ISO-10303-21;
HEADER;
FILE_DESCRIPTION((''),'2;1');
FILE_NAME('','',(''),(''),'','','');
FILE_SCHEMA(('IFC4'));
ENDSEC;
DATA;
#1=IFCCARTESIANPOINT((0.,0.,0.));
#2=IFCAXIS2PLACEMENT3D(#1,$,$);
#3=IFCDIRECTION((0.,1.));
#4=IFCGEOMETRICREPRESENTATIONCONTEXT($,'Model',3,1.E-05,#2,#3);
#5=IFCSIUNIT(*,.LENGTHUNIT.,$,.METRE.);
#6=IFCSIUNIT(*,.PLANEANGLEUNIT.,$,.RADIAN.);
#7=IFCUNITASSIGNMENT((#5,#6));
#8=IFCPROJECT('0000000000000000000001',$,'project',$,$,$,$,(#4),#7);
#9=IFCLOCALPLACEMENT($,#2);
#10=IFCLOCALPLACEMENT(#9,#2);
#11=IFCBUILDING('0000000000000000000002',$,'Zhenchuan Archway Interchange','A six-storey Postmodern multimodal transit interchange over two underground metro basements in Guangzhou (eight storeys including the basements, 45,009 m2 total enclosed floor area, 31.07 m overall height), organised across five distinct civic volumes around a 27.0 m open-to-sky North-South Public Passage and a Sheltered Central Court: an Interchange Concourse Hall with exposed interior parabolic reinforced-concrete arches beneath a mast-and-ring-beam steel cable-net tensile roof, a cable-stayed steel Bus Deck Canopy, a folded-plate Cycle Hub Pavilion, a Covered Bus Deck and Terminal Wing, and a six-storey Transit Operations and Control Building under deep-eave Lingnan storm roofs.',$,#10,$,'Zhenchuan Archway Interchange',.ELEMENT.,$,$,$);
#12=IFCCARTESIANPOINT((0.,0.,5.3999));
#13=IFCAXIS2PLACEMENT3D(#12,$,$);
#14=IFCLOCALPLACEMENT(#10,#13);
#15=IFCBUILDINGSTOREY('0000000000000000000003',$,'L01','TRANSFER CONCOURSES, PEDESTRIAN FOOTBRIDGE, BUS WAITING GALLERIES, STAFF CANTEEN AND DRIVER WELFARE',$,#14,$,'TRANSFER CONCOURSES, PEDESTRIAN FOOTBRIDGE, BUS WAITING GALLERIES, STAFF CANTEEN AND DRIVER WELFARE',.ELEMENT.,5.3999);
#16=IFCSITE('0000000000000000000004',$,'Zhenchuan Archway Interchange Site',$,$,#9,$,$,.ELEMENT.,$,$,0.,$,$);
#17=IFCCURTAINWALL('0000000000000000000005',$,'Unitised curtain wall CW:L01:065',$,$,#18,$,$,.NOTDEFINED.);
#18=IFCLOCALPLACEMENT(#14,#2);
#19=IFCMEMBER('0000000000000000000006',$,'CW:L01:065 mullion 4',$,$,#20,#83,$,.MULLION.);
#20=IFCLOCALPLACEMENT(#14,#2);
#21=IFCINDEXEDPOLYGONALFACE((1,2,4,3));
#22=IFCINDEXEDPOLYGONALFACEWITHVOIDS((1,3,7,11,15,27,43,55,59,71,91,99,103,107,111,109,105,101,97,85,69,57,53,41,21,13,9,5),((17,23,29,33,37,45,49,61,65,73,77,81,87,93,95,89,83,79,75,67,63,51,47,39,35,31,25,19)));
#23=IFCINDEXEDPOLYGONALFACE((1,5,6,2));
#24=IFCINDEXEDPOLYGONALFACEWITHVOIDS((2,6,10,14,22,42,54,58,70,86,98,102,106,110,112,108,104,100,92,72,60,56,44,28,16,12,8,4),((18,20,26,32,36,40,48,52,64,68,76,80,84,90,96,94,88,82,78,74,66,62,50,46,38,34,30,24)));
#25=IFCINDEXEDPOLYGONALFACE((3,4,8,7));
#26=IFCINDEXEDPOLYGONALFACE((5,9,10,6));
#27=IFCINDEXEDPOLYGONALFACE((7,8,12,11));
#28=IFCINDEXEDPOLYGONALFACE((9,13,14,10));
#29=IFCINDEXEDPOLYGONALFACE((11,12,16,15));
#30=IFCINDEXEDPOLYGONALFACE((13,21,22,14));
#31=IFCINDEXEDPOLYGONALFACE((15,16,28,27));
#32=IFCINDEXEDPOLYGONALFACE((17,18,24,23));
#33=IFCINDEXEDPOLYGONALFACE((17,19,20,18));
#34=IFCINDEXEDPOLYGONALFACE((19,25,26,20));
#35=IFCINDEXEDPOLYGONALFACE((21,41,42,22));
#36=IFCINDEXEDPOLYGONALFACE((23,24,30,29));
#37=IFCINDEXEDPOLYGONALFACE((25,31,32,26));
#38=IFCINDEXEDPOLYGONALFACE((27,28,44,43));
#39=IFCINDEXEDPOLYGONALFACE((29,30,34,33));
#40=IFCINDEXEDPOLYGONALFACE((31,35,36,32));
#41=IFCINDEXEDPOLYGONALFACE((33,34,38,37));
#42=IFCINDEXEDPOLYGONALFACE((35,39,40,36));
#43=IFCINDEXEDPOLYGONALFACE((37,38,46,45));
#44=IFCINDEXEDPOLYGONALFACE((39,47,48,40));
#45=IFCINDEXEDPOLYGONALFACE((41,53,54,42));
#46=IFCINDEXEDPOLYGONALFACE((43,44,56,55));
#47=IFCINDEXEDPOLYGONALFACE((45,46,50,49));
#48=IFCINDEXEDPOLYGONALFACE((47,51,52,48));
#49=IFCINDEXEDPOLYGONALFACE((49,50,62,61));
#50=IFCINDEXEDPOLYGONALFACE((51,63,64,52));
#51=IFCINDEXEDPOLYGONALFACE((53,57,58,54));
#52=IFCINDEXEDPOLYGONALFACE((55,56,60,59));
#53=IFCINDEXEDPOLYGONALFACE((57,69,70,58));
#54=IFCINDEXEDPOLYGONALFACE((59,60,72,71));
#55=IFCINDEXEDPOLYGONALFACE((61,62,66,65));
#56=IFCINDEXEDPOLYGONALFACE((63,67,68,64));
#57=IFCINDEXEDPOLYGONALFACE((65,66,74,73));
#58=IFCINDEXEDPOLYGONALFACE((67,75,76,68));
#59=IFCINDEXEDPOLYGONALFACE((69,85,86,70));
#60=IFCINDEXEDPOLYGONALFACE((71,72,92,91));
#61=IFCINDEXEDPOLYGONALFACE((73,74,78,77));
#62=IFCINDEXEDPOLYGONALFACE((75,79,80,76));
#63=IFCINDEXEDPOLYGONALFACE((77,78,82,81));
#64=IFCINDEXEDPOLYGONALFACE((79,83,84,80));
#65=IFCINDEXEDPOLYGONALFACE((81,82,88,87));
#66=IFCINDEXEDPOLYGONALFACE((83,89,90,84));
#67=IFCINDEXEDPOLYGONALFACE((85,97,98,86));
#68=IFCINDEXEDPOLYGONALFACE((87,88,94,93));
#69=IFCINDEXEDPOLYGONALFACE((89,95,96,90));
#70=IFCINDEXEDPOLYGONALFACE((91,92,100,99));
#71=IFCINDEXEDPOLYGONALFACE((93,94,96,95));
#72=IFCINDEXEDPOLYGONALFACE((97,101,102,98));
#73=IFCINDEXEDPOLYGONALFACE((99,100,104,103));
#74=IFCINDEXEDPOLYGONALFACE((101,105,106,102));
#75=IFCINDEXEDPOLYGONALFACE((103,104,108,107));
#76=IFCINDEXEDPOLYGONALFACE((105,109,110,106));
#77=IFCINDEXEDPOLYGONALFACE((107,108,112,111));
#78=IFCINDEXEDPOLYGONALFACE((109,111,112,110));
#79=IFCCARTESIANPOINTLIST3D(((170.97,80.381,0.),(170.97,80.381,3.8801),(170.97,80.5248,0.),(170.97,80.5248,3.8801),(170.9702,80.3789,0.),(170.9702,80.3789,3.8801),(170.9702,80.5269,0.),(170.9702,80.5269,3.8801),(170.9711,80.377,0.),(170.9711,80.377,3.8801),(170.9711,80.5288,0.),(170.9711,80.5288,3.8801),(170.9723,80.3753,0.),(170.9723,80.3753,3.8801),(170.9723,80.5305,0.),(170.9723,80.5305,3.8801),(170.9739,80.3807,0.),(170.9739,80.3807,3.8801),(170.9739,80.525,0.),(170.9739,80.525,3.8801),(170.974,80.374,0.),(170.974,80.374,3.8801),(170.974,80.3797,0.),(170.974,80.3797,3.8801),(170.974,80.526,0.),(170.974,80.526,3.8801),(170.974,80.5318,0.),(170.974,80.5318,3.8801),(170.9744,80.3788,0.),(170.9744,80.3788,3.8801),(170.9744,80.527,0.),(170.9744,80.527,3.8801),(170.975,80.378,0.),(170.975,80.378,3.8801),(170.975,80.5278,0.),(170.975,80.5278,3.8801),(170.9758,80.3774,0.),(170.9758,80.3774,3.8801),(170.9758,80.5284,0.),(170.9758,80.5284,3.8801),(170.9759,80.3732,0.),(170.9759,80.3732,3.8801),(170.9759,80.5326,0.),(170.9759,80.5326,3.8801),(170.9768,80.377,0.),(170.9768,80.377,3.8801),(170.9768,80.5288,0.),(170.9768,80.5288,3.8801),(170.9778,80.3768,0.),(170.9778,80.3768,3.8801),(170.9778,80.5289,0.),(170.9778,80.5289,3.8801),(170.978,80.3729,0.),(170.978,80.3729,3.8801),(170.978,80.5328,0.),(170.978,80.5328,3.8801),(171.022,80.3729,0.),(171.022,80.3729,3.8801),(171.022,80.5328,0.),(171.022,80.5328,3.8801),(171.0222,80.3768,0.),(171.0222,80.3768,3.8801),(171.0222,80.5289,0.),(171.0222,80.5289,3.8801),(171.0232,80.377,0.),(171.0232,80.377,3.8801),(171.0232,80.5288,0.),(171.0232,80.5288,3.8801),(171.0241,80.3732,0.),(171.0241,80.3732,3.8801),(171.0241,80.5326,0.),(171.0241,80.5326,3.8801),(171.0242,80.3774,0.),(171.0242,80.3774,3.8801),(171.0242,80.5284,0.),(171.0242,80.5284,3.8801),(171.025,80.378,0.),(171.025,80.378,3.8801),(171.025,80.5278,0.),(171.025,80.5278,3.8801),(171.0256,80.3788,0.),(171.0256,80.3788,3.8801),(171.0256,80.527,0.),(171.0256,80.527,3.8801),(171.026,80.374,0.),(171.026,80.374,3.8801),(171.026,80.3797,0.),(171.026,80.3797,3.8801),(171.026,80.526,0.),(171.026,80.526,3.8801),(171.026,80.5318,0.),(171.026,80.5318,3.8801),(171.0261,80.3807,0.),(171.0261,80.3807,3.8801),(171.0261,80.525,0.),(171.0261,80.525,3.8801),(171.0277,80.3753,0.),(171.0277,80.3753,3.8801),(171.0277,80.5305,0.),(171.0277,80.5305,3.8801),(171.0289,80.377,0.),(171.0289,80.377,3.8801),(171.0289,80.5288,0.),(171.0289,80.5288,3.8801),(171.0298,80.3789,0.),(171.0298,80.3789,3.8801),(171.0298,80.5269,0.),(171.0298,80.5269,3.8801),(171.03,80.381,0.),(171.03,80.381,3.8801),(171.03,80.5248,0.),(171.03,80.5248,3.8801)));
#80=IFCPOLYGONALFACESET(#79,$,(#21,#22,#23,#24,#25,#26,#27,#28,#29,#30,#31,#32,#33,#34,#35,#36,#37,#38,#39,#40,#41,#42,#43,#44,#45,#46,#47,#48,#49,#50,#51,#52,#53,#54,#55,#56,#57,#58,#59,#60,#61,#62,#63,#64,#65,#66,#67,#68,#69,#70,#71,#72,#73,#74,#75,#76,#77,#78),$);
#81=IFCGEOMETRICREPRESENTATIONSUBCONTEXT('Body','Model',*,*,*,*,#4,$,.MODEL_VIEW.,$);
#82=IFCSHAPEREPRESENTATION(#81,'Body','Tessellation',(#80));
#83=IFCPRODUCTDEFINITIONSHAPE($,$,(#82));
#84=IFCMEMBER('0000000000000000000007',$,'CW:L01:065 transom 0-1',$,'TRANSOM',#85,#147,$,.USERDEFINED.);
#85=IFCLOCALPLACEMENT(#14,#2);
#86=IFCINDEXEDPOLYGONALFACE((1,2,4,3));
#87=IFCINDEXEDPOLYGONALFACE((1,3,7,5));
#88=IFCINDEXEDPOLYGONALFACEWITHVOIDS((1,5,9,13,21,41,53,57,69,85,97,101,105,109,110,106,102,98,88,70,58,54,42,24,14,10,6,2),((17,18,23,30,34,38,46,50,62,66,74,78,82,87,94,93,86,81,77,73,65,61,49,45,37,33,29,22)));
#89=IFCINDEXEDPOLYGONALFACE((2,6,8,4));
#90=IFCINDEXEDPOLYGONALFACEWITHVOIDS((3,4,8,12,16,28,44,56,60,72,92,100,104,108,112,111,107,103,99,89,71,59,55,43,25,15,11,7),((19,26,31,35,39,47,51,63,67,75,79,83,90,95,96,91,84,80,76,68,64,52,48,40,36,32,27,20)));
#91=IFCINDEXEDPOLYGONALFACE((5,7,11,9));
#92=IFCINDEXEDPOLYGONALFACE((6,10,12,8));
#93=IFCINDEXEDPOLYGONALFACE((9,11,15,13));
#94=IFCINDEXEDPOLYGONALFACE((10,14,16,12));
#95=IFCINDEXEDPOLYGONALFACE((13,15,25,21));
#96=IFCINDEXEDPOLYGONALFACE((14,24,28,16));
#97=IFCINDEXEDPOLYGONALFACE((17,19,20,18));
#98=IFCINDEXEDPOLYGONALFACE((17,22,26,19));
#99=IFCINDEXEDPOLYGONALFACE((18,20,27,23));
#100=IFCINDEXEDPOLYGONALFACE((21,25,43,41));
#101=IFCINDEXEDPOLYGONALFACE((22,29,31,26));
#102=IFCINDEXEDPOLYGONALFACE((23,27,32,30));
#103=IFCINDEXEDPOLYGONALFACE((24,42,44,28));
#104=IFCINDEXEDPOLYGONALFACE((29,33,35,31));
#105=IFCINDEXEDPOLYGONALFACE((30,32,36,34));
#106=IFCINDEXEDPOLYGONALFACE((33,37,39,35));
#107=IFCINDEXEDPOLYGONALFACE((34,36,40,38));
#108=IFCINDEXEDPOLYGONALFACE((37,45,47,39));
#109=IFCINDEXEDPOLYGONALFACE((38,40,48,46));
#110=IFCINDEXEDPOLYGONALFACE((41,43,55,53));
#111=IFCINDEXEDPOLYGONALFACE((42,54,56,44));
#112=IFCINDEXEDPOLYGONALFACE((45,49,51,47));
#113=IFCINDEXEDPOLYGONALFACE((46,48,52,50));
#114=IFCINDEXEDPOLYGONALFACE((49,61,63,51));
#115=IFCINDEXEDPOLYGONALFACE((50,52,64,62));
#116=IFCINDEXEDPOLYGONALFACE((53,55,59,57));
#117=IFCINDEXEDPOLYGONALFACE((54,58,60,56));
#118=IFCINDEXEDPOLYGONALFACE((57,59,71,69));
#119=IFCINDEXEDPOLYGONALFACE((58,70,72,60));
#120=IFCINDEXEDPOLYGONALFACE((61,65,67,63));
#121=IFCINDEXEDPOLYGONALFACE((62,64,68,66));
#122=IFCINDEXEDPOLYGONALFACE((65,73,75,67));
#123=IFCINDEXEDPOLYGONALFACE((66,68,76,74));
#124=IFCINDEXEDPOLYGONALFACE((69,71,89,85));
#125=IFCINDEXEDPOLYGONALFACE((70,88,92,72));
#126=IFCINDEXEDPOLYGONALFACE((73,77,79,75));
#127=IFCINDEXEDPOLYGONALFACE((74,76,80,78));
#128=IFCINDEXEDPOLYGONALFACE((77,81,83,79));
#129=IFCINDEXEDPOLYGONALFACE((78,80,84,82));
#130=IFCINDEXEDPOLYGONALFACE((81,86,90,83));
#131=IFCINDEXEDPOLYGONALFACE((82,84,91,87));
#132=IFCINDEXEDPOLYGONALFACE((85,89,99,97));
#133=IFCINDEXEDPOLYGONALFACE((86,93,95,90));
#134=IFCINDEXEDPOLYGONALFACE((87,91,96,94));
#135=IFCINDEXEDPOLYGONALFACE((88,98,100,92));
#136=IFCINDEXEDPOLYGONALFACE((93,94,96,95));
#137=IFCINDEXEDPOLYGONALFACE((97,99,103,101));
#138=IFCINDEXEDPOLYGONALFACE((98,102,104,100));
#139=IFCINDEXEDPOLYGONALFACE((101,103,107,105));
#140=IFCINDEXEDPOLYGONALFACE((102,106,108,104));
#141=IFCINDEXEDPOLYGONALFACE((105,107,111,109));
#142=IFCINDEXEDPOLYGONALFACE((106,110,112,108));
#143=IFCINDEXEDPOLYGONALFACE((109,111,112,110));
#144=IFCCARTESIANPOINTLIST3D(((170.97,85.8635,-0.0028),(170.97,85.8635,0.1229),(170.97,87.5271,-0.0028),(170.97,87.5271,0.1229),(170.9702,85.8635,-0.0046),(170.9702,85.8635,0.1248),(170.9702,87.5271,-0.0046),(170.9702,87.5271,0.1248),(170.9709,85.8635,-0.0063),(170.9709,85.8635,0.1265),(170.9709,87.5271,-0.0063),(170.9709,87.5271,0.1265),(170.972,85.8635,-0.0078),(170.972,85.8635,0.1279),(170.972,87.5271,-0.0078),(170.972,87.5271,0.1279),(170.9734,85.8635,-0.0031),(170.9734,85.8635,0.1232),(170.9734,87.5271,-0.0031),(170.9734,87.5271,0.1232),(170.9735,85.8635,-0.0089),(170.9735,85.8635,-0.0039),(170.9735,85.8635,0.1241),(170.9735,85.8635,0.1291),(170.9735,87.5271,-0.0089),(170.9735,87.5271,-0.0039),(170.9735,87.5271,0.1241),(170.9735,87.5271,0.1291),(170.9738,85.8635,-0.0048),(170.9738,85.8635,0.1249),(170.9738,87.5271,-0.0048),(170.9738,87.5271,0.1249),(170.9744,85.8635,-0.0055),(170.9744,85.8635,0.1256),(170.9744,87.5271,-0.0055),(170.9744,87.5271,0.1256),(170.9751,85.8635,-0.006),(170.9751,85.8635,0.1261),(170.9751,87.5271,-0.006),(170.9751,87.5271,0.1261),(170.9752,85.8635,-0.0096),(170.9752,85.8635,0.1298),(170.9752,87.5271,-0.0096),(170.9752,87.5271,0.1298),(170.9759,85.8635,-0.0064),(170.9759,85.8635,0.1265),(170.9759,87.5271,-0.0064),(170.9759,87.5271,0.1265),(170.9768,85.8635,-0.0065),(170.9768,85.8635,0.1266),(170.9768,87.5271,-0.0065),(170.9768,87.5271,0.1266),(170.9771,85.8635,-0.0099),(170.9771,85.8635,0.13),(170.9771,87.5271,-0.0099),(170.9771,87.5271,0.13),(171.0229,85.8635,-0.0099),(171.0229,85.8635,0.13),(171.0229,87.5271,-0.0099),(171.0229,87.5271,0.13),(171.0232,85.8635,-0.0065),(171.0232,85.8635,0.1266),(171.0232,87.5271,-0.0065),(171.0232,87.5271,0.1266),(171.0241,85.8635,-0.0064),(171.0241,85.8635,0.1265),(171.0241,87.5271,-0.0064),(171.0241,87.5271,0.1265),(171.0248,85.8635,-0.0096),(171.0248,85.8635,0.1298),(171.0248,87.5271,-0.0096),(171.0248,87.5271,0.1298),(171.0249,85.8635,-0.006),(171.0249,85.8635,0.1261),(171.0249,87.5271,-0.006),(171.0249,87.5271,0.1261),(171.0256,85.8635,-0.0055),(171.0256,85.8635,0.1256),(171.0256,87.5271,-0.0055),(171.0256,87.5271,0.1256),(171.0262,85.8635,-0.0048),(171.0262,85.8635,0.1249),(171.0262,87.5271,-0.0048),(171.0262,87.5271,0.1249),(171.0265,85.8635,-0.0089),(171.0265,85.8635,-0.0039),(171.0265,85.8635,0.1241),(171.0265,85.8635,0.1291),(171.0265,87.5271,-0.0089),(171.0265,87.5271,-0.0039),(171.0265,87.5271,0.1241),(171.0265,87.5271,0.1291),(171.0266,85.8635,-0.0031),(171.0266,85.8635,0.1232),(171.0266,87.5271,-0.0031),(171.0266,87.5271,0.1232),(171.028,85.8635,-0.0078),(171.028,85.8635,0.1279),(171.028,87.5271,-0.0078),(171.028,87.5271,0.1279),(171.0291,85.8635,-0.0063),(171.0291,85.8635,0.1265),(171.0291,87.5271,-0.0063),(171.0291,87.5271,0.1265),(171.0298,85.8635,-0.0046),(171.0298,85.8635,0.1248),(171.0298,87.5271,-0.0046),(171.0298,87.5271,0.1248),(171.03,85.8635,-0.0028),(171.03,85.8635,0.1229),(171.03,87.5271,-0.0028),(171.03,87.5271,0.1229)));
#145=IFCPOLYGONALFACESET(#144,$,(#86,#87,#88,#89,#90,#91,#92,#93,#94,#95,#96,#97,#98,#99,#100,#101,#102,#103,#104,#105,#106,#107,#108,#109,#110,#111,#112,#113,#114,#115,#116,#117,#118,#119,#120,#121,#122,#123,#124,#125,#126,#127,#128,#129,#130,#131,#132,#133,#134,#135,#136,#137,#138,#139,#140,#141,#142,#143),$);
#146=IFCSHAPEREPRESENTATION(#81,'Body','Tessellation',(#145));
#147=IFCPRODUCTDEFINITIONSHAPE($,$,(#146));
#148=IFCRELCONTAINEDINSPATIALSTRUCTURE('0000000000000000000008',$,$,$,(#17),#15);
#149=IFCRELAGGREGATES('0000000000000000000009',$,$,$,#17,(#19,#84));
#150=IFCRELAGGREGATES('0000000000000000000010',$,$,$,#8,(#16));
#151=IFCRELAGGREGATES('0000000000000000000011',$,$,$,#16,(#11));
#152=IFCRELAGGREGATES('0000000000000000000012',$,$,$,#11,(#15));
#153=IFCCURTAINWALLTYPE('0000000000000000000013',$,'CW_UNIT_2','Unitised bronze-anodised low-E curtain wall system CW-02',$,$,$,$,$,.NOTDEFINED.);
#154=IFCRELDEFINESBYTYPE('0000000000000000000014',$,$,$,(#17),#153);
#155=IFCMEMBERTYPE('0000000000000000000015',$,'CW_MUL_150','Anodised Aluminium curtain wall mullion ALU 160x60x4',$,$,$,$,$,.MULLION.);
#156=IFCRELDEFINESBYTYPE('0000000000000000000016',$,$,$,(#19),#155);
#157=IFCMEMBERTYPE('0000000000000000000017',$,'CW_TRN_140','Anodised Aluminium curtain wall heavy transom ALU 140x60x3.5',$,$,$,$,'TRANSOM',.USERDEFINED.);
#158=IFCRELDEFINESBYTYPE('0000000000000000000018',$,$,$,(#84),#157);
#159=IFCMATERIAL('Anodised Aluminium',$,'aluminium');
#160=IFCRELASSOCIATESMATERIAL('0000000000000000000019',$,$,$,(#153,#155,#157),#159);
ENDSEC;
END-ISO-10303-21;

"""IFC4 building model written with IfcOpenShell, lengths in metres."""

from ifc_helpers import new_model, si_unit, direction, frame, origin, origin_2d, place, context, subcontext, project, spatial, hollow_rectangle, extrude, material, material_profile, profile_set, type_object, element, aggregate, save


model = new_model("IFC4")

# Units and contexts
model_context = context("Model", 3, precision=1e-05, world=origin(), true_north=direction((0.0, 1.0)))
body_context = subcontext(model_context, "Body", "Model", "MODEL_VIEW")
ifc_project = project(units=[si_unit("LENGTHUNIT", "METRE"), si_unit("PLANEANGLEUNIT", "RADIAN")], contexts=[model_context])

# Site, building, storey
site_placement = place(None, origin())
site = spatial("IfcSite", under=ifc_project, at=site_placement, Name="Zhenchuan Archway Interchange Site", CompositionType="ELEMENT", RefElevation=0.0)
building_placement = place(site_placement, origin())
building = spatial("IfcBuilding", under=site, at=building_placement, Name="Zhenchuan Archway Interchange", Description="A six-storey Postmodern multimodal transit interchange over two underground metro basements in Guangzhou (eight storeys including the basements, 45,009 m2 total enclosed floor area, 31.07 m overall height), organised across five distinct civic volumes around a 27.0 m open-to-sky North-South Public Passage and a Sheltered Central Court: an Interchange Concourse Hall with exposed interior parabolic reinforced-concrete arches beneath a mast-and-ring-beam steel cable-net tensile roof, a cable-stayed steel Bus Deck Canopy, a folded-plate Cycle Hub Pavilion, a Covered Bus Deck and Terminal Wing, and a six-storey Transit Operations and Control Building under deep-eave Lingnan storm roofs.", LongName="Zhenchuan Archway Interchange", CompositionType="ELEMENT")
storey_placement = place(building_placement, frame((0.0, 0.0, 5.3999)))
storey = spatial("IfcBuildingStorey", under=building, at=storey_placement, Name="L01", Description="TRANSFER CONCOURSES, PEDESTRIAN FOOTBRIDGE, BUS WAITING GALLERIES, STAFF CANTEEN AND DRIVER WELFARE", LongName="TRANSFER CONCOURSES, PEDESTRIAN FOOTBRIDGE, BUS WAITING GALLERIES, STAFF CANTEEN AND DRIVER WELFARE", CompositionType="ELEMENT", Elevation=5.3999)

# Curtain wall, members
ifc_material_1 = material(Name="Anodised Aluminium", Category="aluminium")
curtain_wall_type = type_object("IfcCurtainWallType", Name="CW_UNIT_2", Description="Unitised bronze-anodised low-E curtain wall system CW-02", PredefinedType="NOTDEFINED", material=ifc_material_1)
curtain_wall_placement = place(storey_placement, origin())
curtain_wall = element("IfcCurtainWall", 1, at=curtain_wall_placement, inside=storey, type_object=curtain_wall_type, Name="Unitised curtain wall CW:L01:065", PredefinedType="NOTDEFINED")
ifc_material_profile_1 = material_profile(ifc_material_1, hollow_rectangle(XDim=0.0601, YDim=0.1599, WallThickness=0.0039, InnerFilletRadius=0.0039, OuterFilletRadius=0.0081, at=origin_2d()), Name="ALU 160x60x4")
ifc_profile_set_1 = profile_set([ifc_material_profile_1], Name="Anodised Aluminium")
member_type_1 = type_object("IfcMemberType", Name="CW_MUL_150", Description="Anodised Aluminium curtain wall mullion ALU 160x60x4", PredefinedType="MULLION", material=ifc_profile_set_1)
member_1_placement = place(storey_placement, frame((171.0, 80.4529, 0.0), z_axis=(0.0, 0.0, 1.0), x_axis=(1.0, 0.0, 0.0)))
member_1 = element("IfcMember", 2, at=member_1_placement, type_object=member_type_1, Name="CW:L01:065 mullion 4", PredefinedType="MULLION", context=body_context, shape_type="SweptSolid", body=[
    extrude(hollow_rectangle(XDim=0.0601, YDim=0.1599, WallThickness=0.0039, InnerFilletRadius=0.0039, OuterFilletRadius=0.0081, at=origin_2d()), origin(), (0.0, 0.0, 1.0), 3.8801),
])
ifc_material_profile_2 = material_profile(ifc_material_1, hollow_rectangle(XDim=0.0601, YDim=0.1399, WallThickness=0.0034, InnerFilletRadius=0.0034, OuterFilletRadius=0.0071, at=origin_2d()), Name="ALU 140x60x3.5")
ifc_profile_set_2 = profile_set([ifc_material_profile_2], Name="Anodised Aluminium")
member_type_2 = type_object("IfcMemberType", Name="CW_TRN_140", Description="Anodised Aluminium curtain wall heavy transom ALU 140x60x3.5", ElementType="TRANSOM", PredefinedType="USERDEFINED", material=ifc_profile_set_2)
member_2_placement = place(storey_placement, frame((171.0, 87.5271, 0.0601), z_axis=(0.0, -1.0, 0.0), x_axis=(1.0, 0.0, 0.0)))
member_2 = element("IfcMember", 3, at=member_2_placement, type_object=member_type_2, Name="CW:L01:065 transom 0-1", ObjectType="TRANSOM", PredefinedType="USERDEFINED", context=body_context, shape_type="SweptSolid", body=[
    extrude(hollow_rectangle(XDim=0.0601, YDim=0.1399, WallThickness=0.0034, InnerFilletRadius=0.0034, OuterFilletRadius=0.0071, at=origin_2d()), origin(), (0.0, 0.0, 1.0), 1.6636),
])

aggregate(curtain_wall, [member_1, member_2])

save(model, "model.ifc")
